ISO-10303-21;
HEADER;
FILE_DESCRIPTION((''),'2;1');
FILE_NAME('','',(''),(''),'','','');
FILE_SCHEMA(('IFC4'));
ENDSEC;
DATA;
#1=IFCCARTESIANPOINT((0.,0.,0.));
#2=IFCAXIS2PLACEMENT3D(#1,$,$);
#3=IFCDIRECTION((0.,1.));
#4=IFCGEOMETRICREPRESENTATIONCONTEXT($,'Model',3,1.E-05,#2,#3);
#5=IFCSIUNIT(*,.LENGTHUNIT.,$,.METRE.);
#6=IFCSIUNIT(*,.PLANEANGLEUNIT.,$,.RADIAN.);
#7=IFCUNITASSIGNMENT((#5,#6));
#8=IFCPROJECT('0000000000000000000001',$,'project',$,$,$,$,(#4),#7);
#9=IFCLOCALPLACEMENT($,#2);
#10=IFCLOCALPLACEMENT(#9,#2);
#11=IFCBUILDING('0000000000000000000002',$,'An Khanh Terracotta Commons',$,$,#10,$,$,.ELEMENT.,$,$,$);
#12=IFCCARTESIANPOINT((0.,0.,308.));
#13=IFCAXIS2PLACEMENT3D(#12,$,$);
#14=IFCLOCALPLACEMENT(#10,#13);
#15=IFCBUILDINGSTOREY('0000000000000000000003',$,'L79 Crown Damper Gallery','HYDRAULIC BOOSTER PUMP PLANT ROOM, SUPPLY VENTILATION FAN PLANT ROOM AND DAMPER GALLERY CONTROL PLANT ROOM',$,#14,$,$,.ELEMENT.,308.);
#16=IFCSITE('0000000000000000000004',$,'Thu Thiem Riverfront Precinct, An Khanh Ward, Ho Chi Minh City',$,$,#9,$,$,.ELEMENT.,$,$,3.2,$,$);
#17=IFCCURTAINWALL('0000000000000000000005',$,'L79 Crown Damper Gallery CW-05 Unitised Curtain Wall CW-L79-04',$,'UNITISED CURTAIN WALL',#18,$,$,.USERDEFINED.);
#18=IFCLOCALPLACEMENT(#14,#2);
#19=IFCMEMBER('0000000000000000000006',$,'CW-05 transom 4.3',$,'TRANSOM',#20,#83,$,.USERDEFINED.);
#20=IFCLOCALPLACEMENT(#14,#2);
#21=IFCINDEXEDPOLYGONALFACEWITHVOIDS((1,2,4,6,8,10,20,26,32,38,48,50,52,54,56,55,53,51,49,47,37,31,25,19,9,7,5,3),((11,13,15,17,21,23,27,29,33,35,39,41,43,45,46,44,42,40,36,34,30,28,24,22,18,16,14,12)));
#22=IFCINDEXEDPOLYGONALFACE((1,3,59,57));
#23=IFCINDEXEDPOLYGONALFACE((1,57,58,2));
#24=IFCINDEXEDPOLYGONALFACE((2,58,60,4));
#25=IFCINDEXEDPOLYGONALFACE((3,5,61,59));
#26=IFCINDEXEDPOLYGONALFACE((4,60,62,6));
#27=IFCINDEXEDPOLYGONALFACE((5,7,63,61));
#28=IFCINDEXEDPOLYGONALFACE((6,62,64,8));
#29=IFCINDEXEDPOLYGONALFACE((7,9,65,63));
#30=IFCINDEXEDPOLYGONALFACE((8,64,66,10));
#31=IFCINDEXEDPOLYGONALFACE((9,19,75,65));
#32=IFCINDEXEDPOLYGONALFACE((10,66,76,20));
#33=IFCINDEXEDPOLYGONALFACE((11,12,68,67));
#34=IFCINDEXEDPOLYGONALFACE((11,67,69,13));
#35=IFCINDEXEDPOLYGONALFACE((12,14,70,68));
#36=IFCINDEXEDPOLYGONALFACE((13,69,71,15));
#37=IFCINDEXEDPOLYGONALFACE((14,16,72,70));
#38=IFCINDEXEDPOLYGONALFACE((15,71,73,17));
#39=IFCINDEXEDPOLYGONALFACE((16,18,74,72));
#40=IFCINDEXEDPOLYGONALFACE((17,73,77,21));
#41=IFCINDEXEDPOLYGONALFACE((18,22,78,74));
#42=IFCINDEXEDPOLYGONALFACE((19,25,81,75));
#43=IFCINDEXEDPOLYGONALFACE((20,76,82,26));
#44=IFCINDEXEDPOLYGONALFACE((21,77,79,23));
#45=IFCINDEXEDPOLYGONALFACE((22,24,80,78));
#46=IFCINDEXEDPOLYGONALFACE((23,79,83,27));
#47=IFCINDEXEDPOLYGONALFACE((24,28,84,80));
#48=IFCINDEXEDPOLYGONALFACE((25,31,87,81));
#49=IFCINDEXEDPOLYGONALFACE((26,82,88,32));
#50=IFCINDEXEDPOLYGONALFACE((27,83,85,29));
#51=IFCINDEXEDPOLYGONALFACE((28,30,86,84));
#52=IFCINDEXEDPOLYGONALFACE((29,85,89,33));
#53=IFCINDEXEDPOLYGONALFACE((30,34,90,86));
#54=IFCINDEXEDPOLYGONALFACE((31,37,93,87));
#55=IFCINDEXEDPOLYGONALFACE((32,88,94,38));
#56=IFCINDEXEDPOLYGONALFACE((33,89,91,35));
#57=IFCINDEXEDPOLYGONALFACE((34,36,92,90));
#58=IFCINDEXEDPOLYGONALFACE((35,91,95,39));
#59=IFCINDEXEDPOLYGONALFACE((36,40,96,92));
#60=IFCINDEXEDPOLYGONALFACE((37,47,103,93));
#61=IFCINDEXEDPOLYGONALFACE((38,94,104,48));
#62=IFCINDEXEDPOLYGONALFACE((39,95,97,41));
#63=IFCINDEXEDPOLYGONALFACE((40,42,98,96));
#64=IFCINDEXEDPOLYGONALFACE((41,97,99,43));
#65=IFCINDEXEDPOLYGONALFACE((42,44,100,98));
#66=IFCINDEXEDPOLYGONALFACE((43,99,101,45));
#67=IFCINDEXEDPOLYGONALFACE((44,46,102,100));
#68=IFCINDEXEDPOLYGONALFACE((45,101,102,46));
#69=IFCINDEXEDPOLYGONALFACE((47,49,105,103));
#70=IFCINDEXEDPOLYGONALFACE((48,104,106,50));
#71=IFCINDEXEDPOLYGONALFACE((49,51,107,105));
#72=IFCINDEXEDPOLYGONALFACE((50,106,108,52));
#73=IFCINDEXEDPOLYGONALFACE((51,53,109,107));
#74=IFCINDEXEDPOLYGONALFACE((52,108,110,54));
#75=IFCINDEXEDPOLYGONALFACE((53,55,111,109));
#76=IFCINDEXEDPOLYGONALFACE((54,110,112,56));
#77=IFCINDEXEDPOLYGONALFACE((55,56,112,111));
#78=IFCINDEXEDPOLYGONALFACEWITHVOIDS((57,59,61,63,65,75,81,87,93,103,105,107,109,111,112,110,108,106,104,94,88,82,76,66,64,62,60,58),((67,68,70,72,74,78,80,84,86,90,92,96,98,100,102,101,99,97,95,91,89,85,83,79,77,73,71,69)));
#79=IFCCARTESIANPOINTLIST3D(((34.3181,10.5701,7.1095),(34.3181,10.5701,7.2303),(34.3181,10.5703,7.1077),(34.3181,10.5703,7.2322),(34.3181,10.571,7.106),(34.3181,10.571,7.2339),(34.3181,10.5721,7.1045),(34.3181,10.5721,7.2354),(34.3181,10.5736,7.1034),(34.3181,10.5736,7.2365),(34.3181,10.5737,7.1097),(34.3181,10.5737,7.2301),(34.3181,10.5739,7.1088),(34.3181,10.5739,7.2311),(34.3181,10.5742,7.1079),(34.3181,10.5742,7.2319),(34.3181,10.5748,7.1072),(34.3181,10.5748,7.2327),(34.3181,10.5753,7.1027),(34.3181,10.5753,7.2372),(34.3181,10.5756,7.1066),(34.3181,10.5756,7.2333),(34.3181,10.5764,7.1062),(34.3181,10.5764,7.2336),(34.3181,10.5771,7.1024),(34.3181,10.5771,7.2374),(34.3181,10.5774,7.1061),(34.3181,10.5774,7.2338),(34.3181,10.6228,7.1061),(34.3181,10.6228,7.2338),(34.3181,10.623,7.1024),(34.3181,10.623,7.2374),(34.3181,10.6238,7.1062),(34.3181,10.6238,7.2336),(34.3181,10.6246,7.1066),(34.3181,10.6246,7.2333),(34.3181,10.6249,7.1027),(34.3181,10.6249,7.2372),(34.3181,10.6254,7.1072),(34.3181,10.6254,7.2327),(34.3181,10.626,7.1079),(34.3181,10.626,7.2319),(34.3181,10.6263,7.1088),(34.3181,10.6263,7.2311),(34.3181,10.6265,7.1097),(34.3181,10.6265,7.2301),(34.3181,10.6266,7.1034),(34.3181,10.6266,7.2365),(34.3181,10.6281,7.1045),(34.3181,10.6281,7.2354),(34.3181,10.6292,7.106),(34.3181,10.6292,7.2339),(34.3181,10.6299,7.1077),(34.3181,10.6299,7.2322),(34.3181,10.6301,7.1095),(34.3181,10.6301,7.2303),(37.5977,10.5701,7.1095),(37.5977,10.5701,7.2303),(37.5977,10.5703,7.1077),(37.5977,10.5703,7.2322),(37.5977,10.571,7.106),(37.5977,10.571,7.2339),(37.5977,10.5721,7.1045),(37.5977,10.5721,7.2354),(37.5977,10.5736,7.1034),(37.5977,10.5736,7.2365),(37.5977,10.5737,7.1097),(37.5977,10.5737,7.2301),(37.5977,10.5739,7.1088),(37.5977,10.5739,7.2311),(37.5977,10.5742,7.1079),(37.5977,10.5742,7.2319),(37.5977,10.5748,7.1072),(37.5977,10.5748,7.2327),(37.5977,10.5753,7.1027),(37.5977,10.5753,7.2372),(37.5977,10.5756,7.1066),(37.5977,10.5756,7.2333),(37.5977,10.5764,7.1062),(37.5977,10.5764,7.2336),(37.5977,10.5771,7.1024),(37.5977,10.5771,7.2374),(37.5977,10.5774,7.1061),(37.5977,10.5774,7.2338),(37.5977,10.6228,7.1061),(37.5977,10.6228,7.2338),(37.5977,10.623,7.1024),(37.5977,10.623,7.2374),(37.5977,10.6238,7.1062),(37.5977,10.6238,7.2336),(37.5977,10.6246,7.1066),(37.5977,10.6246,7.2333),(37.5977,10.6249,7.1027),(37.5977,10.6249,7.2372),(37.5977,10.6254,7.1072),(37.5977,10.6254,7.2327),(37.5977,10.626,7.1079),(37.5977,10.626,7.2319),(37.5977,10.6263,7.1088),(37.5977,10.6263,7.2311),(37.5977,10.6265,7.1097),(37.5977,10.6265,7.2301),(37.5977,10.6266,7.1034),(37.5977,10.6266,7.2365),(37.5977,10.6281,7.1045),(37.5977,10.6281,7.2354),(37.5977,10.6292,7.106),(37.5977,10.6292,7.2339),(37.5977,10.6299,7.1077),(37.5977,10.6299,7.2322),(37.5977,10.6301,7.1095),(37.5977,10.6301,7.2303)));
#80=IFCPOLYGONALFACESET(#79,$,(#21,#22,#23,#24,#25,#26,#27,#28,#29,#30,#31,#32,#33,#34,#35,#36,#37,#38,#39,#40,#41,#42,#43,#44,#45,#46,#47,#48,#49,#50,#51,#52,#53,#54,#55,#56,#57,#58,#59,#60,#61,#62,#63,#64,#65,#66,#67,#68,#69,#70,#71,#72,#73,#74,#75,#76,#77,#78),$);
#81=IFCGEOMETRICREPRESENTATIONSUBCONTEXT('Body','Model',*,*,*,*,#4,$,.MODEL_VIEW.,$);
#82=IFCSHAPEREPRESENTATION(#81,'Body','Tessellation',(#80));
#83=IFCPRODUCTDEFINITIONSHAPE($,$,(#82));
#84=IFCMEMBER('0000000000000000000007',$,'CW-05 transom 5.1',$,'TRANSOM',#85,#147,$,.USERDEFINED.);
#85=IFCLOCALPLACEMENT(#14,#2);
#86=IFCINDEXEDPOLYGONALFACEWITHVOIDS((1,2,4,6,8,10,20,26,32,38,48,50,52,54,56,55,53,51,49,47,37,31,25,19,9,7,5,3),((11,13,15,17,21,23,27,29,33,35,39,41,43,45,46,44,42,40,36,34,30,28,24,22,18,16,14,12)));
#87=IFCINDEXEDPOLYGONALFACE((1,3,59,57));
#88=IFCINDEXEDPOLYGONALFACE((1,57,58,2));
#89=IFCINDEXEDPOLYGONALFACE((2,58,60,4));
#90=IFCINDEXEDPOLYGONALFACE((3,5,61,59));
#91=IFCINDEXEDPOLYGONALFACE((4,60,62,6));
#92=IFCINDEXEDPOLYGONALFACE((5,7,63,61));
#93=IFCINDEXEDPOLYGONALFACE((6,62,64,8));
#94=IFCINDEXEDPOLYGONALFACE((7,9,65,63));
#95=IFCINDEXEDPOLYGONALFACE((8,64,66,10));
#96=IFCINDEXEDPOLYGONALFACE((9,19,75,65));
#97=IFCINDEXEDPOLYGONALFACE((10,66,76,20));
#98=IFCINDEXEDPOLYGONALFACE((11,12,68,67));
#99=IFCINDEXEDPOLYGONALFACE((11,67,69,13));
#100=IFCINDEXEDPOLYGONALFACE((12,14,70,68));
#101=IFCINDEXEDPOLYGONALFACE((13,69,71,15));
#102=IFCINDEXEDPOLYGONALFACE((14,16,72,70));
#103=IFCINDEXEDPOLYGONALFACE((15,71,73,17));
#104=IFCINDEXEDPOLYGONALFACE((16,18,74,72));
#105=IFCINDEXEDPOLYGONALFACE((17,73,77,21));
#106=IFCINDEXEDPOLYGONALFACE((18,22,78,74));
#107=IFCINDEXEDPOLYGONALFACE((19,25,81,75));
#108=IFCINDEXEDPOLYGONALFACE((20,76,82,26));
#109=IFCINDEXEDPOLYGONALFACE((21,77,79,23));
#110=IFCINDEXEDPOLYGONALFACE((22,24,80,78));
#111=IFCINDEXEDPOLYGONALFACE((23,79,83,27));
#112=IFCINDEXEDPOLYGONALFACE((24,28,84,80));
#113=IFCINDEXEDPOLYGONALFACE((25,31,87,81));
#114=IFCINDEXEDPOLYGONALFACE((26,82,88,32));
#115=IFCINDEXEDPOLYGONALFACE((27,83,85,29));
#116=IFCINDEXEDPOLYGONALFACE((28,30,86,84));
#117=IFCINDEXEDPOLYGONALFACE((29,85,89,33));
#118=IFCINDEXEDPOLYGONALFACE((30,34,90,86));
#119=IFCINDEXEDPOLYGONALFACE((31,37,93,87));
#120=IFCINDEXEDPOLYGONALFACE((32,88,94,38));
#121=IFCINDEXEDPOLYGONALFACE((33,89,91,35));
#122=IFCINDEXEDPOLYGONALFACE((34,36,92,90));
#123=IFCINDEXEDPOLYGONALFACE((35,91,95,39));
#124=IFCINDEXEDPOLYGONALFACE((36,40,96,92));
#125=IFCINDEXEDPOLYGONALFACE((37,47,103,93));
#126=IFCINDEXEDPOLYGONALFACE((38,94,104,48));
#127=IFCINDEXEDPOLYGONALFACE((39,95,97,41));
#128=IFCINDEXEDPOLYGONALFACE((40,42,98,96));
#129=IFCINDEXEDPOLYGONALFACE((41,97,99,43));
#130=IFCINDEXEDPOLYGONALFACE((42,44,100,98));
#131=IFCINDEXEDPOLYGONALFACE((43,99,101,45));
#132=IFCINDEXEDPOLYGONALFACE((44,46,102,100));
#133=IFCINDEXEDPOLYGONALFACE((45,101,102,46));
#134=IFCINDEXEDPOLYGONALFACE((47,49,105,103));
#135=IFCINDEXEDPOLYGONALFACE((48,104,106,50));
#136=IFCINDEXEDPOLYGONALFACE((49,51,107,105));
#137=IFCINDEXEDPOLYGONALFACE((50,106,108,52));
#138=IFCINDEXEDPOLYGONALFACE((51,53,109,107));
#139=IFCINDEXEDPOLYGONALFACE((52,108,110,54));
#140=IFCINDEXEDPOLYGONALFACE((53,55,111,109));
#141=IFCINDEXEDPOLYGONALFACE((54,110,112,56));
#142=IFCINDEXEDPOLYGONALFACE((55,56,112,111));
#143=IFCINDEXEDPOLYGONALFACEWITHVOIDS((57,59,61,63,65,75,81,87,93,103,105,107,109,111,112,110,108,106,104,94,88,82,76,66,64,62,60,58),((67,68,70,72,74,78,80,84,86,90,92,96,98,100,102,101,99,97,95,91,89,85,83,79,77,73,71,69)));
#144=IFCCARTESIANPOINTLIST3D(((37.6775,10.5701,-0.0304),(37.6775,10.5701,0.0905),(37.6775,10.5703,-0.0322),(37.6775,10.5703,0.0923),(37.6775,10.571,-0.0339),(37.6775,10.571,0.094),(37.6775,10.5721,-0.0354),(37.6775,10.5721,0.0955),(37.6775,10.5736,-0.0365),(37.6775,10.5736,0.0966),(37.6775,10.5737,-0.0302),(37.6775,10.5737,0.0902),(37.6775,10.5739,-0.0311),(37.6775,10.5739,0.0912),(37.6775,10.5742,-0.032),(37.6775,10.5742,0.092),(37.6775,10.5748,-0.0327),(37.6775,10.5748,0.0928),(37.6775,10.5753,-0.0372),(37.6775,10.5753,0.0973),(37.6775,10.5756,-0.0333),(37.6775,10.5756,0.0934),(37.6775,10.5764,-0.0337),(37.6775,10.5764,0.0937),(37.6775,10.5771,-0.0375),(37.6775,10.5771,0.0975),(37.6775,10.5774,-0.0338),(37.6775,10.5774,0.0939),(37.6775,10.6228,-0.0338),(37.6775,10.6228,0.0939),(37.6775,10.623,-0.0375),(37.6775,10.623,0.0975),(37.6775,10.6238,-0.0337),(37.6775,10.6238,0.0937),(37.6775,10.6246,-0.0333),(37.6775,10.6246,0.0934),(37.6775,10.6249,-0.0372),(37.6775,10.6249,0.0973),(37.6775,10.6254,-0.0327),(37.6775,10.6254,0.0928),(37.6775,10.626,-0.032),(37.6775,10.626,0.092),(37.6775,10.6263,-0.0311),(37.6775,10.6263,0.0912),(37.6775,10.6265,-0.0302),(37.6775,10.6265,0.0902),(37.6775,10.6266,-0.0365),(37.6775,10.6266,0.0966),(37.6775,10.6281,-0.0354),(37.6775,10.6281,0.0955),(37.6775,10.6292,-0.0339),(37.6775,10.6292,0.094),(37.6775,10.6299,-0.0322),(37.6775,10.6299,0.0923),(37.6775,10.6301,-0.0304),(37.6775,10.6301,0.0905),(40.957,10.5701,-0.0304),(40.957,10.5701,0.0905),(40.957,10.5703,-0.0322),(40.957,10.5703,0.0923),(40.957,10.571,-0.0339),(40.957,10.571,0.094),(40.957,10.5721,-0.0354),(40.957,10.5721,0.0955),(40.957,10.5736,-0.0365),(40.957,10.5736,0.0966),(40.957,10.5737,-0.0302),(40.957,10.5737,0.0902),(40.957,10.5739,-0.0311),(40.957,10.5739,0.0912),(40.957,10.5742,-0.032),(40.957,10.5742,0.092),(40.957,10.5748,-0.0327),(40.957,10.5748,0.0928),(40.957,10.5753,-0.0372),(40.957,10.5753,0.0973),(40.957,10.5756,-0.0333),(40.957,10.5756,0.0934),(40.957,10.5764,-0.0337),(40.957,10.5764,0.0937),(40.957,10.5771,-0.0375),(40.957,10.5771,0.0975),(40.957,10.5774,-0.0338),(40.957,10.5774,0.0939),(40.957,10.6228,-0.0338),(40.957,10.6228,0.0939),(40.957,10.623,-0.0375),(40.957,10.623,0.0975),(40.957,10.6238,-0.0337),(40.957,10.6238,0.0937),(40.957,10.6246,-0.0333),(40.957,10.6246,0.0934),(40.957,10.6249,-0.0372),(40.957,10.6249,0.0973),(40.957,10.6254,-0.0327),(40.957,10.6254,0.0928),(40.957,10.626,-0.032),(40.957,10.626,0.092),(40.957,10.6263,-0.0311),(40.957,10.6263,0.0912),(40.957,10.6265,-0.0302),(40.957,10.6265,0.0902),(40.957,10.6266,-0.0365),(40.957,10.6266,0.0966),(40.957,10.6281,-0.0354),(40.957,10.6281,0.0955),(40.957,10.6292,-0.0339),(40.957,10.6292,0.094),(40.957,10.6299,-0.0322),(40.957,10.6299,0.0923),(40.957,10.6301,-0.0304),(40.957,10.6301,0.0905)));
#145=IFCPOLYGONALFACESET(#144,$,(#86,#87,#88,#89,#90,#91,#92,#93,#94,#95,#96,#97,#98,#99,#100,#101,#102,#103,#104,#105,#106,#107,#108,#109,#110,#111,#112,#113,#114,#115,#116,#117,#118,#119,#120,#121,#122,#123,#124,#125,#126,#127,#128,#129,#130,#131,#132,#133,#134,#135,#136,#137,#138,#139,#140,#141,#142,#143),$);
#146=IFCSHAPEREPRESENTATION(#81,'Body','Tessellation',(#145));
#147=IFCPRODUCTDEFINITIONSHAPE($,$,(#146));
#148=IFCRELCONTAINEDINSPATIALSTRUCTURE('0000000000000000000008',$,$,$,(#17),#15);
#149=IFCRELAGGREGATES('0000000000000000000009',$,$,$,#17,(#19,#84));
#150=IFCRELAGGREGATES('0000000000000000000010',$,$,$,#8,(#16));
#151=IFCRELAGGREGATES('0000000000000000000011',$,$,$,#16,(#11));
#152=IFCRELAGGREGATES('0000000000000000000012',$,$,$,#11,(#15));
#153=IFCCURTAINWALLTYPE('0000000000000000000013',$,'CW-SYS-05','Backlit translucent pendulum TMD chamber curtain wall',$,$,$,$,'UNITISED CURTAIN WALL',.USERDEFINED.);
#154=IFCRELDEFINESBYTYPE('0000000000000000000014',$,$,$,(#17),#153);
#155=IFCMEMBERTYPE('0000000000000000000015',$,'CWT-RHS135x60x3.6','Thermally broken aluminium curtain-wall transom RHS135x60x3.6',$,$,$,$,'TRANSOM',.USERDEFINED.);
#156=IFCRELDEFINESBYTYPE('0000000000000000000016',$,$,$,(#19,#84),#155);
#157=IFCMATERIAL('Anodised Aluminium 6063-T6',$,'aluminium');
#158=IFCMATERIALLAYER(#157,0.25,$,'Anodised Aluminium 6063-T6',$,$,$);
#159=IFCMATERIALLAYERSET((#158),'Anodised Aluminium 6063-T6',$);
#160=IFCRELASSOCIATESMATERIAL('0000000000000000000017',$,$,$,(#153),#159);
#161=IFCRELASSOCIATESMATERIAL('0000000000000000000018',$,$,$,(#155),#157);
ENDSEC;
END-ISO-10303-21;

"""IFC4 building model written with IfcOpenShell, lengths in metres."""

from ifc_helpers import new_model, si_unit, direction, frame, origin, origin_2d, place, context, subcontext, project, spatial, hollow_rectangle, extrude, material, layer, layer_set, material_profile, profile_set, type_object, element, aggregate, save


model = new_model("IFC4")

# Units and contexts
model_context = context("Model", 3, precision=1e-05, world=origin(), true_north=direction((0.0, 1.0)))
body_context = subcontext(model_context, "Body", "Model", "MODEL_VIEW")
ifc_project = project(units=[si_unit("LENGTHUNIT", "METRE"), si_unit("PLANEANGLEUNIT", "RADIAN")], contexts=[model_context])

# Site, building, storey
site_placement = place(None, origin())
site = spatial("IfcSite", under=ifc_project, at=site_placement, Name="Thu Thiem Riverfront Precinct, An Khanh Ward, Ho Chi Minh City", CompositionType="ELEMENT", RefElevation=3.2)
building_placement = place(site_placement, origin())
building = spatial("IfcBuilding", under=site, at=building_placement, Name="An Khanh Terracotta Commons", CompositionType="ELEMENT")
storey_placement = place(building_placement, frame((0.0, 0.0, 308.0)))
storey = spatial("IfcBuildingStorey", under=building, at=storey_placement, Name="L79 Crown Damper Gallery", Description="HYDRAULIC BOOSTER PUMP PLANT ROOM, SUPPLY VENTILATION FAN PLANT ROOM AND DAMPER GALLERY CONTROL PLANT ROOM", CompositionType="ELEMENT", Elevation=308.0)

# Curtain wall, members
ifc_material_1 = material(Name="Anodised Aluminium 6063-T6", Category="aluminium")
ifc_layer_1 = layer(ifc_material_1, 0.25, Name="Anodised Aluminium 6063-T6")
ifc_layer_set_1 = layer_set([ifc_layer_1], Name="Anodised Aluminium 6063-T6")
curtain_wall_type = type_object("IfcCurtainWallType", Name="CW-SYS-05", Description="Backlit translucent pendulum TMD chamber curtain wall", ElementType="UNITISED CURTAIN WALL", PredefinedType="USERDEFINED", material=ifc_layer_set_1)
curtain_wall_placement = place(storey_placement, origin())
curtain_wall = element("IfcCurtainWall", 1, at=curtain_wall_placement, inside=storey, type_object=curtain_wall_type, Name="L79 Crown Damper Gallery CW-05 Unitised Curtain Wall CW-L79-04", ObjectType="UNITISED CURTAIN WALL", PredefinedType="USERDEFINED")
ifc_material_profile_1 = material_profile(ifc_material_1, hollow_rectangle(XDim=0.0601, YDim=0.135, WallThickness=0.0037, InnerFilletRadius=0.0037, OuterFilletRadius=0.0071, at=origin_2d()), Name="RHS135x60x3.6")
ifc_profile_set_1 = profile_set([ifc_material_profile_1], Name="Anodised Aluminium 6063-T6")
member_type_1 = type_object("IfcMemberType", Name="CWT-RHS135x60x3.6", Description="Thermally broken aluminium curtain-wall transom RHS135x60x3.6", ElementType="TRANSOM", PredefinedType="USERDEFINED", material=ifc_profile_set_1)
member_1_placement = place(storey_placement, frame((34.3181, 10.6001, 7.1699), z_axis=(1.0, 0.0, 0.0), x_axis=(0.0, 1.0, 0.0)))
member_1 = element("IfcMember", 2, at=member_1_placement, type_object=member_type_1, Name="CW-05 transom 4.3", ObjectType="TRANSOM", PredefinedType="USERDEFINED", context=body_context, shape_type="SweptSolid", body=[
    extrude(hollow_rectangle(XDim=0.0601, YDim=0.135, WallThickness=0.0037, InnerFilletRadius=0.0037, OuterFilletRadius=0.0071, at=origin_2d()), origin(), (0.0, 0.0, 1.0), 3.2795),
])
member_2_placement = place(storey_placement, frame((37.6775, 10.6001, 0.03), z_axis=(1.0, 0.0, 0.0), x_axis=(0.0, 1.0, 0.0)))
member_2 = element("IfcMember", 3, at=member_2_placement, type_object=member_type_1, Name="CW-05 transom 5.1", ObjectType="TRANSOM", PredefinedType="USERDEFINED", context=body_context, shape_type="SweptSolid", body=[
    extrude(hollow_rectangle(XDim=0.0601, YDim=0.135, WallThickness=0.0037, InnerFilletRadius=0.0037, OuterFilletRadius=0.0071, at=origin_2d()), origin(), (0.0, 0.0, 1.0), 3.2795),
])
aggregate(curtain_wall, [member_1, member_2])

save(model, "model.ifc")
